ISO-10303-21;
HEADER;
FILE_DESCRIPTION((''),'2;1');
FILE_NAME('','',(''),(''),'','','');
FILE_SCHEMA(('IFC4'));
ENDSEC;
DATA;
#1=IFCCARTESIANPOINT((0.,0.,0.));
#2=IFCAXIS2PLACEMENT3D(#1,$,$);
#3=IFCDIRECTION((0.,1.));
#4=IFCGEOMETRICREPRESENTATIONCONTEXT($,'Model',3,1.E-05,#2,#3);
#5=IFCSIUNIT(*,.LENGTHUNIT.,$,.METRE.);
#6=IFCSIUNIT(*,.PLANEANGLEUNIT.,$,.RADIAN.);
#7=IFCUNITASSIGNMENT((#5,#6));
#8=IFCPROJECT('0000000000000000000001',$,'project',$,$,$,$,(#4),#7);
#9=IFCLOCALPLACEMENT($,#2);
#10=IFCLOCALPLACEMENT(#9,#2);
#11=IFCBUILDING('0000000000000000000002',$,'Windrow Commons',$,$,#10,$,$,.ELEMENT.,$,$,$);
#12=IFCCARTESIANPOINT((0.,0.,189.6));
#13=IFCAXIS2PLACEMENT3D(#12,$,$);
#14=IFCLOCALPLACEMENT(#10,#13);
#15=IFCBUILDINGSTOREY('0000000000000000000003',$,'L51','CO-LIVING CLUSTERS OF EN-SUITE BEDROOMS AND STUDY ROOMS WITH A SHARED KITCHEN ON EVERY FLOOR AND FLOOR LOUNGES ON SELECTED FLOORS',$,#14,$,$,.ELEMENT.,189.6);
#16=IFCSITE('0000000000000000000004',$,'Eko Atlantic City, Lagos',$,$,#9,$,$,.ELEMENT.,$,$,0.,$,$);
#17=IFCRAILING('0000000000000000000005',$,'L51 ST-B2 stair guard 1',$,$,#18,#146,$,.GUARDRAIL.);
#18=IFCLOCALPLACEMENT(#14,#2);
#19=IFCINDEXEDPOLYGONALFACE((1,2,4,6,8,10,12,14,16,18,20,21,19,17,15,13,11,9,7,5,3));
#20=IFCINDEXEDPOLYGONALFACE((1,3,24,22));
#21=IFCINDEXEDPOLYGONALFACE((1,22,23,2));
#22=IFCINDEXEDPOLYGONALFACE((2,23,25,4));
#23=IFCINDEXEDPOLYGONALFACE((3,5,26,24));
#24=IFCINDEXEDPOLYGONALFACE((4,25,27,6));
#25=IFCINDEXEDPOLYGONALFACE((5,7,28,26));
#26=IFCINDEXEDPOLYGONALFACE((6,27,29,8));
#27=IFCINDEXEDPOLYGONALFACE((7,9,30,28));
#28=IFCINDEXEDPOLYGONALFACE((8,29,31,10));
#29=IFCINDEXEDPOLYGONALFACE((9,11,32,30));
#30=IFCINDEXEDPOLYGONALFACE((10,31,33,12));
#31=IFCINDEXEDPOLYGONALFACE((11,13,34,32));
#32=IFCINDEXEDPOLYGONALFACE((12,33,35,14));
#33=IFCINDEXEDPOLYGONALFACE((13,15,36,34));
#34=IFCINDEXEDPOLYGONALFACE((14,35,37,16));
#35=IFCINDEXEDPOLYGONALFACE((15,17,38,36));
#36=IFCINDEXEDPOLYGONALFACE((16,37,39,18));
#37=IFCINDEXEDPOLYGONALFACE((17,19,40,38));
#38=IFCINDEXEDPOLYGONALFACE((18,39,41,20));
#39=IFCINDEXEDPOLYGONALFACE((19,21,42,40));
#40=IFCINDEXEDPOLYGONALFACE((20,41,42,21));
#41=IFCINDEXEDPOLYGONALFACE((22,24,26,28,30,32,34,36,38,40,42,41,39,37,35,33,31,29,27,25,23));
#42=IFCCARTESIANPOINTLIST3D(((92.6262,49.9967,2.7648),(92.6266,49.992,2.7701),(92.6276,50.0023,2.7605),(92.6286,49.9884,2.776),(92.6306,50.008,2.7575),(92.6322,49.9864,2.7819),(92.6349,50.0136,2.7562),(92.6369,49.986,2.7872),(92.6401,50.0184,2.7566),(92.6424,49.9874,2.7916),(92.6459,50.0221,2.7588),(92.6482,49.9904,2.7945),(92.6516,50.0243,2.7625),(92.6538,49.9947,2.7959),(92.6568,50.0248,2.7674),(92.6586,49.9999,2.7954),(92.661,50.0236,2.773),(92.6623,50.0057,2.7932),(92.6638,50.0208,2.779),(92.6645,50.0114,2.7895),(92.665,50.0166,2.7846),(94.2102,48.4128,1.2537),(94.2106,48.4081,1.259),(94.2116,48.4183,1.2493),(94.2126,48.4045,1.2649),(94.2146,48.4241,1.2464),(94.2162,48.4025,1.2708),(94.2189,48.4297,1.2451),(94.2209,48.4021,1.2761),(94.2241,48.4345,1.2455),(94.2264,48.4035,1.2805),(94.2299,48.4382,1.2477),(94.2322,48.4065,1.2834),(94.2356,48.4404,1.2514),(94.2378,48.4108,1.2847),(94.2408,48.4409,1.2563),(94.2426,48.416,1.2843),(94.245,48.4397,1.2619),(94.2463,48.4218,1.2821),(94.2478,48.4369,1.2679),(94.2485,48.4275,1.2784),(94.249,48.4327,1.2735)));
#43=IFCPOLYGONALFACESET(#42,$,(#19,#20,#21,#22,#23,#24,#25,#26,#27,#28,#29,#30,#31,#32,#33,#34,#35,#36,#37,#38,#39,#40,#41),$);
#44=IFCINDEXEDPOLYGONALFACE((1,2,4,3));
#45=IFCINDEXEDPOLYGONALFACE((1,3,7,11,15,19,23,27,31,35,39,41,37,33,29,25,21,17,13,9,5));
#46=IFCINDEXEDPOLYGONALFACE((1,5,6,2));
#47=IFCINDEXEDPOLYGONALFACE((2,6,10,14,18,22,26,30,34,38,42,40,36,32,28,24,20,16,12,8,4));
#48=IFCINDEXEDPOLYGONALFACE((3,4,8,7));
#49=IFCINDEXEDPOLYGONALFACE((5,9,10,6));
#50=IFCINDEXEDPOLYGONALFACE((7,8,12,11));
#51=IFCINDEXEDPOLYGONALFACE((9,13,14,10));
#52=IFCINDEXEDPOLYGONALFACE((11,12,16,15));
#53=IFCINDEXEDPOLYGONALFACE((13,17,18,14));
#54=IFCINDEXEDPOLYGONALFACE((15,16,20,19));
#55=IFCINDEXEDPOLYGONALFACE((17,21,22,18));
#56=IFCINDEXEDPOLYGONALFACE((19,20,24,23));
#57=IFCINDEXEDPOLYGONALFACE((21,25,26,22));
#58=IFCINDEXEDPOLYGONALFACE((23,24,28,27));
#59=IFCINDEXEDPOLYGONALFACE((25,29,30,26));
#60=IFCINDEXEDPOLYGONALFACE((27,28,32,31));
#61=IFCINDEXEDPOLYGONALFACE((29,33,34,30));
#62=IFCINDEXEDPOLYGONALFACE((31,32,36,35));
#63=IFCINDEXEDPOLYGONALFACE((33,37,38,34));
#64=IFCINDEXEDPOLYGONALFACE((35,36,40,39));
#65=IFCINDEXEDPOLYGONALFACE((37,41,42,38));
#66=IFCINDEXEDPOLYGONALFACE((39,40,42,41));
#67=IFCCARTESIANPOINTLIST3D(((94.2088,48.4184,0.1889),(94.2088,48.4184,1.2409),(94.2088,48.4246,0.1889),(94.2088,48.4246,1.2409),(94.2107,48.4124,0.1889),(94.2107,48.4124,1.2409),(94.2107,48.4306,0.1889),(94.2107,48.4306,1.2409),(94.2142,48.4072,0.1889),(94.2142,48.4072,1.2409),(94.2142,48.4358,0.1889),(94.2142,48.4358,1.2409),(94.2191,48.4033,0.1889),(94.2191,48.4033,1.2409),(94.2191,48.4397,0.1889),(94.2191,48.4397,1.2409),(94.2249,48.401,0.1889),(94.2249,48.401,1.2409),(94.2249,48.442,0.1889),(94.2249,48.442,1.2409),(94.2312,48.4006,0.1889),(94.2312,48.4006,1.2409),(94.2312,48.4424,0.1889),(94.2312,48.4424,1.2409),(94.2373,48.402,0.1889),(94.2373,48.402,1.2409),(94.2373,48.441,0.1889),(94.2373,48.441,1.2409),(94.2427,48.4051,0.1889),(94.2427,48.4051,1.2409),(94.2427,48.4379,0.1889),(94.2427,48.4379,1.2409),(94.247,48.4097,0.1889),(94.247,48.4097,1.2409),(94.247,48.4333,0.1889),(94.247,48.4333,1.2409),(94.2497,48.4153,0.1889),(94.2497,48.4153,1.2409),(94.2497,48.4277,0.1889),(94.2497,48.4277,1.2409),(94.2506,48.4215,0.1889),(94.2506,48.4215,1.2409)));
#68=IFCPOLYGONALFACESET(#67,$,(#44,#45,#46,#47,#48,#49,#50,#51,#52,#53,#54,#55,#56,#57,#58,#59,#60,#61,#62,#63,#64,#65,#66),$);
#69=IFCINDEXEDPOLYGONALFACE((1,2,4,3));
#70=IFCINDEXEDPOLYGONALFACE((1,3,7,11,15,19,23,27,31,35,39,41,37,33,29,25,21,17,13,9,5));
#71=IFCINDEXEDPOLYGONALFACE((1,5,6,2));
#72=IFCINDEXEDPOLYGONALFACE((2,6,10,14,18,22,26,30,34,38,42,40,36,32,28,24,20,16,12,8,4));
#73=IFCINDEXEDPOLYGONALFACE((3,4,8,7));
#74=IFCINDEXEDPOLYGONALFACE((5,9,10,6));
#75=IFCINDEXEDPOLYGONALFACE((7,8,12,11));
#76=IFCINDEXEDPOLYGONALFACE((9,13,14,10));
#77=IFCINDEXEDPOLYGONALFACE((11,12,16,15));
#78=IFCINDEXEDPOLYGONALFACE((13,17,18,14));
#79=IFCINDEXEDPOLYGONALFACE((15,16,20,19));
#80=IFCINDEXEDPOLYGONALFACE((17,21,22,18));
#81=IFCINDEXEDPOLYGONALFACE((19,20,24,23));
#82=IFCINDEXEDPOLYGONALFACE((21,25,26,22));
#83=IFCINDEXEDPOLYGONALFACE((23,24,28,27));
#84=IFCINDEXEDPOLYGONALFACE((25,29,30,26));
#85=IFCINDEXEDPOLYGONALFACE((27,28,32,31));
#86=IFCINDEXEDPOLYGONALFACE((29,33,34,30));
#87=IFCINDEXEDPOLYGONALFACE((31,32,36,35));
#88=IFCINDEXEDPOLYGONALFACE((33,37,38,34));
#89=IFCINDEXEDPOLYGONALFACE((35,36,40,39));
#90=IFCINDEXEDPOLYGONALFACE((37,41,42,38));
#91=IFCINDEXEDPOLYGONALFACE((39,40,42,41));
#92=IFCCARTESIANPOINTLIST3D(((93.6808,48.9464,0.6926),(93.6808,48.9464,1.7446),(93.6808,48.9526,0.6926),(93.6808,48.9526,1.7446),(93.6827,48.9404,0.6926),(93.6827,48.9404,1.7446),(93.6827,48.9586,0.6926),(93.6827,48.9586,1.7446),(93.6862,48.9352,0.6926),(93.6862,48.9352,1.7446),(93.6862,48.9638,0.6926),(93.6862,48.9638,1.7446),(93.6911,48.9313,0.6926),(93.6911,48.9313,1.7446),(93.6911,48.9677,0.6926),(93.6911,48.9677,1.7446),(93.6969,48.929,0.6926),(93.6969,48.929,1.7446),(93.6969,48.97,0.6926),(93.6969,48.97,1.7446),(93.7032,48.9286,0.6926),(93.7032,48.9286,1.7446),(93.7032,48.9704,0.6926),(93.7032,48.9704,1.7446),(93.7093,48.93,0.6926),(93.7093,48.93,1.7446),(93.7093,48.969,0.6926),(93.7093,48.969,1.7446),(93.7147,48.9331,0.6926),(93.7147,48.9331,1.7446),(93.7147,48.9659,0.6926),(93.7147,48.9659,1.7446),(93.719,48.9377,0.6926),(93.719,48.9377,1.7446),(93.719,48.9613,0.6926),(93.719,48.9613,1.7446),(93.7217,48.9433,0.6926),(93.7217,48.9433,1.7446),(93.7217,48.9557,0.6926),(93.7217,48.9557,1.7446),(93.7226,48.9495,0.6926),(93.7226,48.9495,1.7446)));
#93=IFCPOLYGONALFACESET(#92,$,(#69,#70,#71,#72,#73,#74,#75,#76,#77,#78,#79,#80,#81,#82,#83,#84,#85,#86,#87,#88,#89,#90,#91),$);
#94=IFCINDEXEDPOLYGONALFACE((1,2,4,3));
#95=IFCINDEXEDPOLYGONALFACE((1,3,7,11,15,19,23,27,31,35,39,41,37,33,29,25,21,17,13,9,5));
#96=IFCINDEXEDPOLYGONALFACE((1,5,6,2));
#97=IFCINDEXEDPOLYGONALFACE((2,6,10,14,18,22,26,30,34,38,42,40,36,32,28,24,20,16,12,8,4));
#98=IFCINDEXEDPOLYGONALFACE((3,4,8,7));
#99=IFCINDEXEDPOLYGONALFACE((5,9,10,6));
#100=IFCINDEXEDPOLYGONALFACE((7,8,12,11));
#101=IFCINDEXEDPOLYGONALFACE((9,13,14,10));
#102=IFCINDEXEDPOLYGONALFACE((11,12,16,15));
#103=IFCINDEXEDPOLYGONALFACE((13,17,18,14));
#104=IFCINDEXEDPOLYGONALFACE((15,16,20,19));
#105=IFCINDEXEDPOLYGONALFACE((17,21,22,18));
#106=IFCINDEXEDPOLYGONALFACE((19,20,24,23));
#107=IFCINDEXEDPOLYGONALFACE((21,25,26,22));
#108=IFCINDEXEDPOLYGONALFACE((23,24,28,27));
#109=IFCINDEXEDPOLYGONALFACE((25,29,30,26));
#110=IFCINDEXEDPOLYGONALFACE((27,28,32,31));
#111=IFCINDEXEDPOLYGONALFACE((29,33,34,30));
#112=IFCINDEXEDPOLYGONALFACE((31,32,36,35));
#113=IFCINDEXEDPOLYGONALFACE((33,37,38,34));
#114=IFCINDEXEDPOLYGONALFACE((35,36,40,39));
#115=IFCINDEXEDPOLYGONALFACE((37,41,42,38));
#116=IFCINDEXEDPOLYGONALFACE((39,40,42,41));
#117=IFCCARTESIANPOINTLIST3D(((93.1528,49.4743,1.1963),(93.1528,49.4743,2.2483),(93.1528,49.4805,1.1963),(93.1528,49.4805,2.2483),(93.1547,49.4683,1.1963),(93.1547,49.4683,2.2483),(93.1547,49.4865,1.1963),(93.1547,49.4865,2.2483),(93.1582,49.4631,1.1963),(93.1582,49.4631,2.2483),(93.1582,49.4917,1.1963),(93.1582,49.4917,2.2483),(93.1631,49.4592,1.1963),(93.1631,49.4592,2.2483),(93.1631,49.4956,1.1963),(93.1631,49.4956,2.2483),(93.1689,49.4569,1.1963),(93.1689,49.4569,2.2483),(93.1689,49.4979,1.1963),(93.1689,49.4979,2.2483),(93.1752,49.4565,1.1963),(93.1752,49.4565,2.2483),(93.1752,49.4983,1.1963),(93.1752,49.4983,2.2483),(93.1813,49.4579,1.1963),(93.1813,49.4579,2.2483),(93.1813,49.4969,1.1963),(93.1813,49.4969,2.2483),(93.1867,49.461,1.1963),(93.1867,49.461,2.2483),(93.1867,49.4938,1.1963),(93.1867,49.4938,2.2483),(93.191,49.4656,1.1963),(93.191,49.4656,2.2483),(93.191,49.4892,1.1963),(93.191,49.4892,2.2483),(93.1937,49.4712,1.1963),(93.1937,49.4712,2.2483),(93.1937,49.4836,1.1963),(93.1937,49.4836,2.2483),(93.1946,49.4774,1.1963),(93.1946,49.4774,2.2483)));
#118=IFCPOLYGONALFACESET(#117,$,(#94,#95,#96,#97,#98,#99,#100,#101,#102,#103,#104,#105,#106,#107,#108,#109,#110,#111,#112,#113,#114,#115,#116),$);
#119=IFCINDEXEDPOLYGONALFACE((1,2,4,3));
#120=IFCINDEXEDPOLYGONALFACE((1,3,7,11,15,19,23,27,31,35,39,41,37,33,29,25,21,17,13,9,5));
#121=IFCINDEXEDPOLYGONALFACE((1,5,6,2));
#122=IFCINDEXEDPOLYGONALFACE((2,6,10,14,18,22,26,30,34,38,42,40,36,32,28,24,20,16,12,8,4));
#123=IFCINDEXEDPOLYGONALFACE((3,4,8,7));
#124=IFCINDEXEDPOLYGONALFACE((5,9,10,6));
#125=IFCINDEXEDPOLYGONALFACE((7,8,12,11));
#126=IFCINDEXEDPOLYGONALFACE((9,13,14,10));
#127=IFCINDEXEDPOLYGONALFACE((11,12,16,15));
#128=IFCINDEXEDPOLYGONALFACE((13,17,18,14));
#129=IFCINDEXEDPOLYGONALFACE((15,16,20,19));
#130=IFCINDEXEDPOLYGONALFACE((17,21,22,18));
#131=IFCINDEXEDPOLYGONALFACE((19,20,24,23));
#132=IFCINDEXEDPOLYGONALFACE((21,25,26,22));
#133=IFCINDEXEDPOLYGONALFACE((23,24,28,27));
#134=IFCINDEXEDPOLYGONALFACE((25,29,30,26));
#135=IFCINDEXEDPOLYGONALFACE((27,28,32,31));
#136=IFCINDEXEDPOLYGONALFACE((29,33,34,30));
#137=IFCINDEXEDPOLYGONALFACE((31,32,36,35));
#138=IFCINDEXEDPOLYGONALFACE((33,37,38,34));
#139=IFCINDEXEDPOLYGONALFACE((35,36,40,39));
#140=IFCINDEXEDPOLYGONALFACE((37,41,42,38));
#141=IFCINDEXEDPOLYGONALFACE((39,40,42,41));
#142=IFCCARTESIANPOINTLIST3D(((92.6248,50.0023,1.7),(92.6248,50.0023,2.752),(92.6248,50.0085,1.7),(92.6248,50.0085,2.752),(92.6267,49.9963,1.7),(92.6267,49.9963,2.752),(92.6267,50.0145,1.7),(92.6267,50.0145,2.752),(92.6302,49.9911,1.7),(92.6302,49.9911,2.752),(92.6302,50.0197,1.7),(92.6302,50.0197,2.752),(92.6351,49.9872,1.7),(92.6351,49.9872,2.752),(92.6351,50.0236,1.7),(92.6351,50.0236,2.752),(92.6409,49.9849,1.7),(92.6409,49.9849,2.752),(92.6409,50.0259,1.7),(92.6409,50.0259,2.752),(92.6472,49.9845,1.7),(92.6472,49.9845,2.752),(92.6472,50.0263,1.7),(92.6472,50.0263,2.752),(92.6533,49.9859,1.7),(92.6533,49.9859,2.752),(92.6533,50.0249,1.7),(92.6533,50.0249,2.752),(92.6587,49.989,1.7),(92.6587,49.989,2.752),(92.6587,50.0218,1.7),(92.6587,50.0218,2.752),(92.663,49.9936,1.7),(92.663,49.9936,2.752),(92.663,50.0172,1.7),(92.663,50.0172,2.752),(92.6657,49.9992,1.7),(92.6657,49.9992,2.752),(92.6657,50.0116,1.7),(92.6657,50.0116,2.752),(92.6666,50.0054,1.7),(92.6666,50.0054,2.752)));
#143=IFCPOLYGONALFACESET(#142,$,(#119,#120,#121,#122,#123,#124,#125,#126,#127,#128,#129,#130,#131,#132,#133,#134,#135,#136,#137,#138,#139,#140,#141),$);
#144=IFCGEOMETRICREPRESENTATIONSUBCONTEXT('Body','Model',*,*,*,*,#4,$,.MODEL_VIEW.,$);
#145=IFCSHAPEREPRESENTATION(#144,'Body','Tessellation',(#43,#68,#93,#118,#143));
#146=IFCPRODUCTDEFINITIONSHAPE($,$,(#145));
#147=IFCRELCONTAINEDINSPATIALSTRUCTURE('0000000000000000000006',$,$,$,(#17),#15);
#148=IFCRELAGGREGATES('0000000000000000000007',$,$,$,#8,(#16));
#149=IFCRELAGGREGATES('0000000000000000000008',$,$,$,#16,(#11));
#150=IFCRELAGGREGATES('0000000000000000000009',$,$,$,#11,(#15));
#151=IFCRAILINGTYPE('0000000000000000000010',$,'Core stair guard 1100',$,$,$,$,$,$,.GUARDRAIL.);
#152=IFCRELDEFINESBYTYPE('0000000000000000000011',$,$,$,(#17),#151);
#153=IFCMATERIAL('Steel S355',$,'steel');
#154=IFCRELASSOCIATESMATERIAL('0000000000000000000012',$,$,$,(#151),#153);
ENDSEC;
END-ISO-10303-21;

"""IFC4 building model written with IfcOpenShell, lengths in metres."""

from ifc_helpers import new_model, si_unit, direction, frame, origin, origin_2d, place, context, subcontext, project, spatial, circle, extrude, material, type_object, element, save


model = new_model("IFC4")

# Units and contexts
model_context = context("Model", 3, precision=1e-05, world=origin(), true_north=direction((0.0, 1.0)))
body_context = subcontext(model_context, "Body", "Model", "MODEL_VIEW")
ifc_project = project(units=[si_unit("LENGTHUNIT", "METRE"), si_unit("PLANEANGLEUNIT", "RADIAN")], contexts=[model_context])

# Site, building, storey
site_placement = place(None, origin())
site = spatial("IfcSite", under=ifc_project, at=site_placement, Name="Eko Atlantic City, Lagos", CompositionType="ELEMENT", RefElevation=0.0)
building_placement = place(site_placement, origin())
building = spatial("IfcBuilding", under=site, at=building_placement, Name="Windrow Commons", CompositionType="ELEMENT")
storey_placement = place(building_placement, frame((0.0, 0.0, 189.6)))
storey = spatial("IfcBuildingStorey", under=building, at=storey_placement, Name="L51", Description="CO-LIVING CLUSTERS OF EN-SUITE BEDROOMS AND STUDY ROOMS WITH A SHARED KITCHEN ON EVERY FLOOR AND FLOOR LOUNGES ON SELECTED FLOORS", CompositionType="ELEMENT", Elevation=189.6)

# Railing
ifc_material_1 = material(Name="Steel S355", Category="steel")
railing_type_1 = type_object("IfcRailingType", Name="Core stair guard 1100", PredefinedType="GUARDRAIL", material=ifc_material_1)
railing_1_placement = place(storey_placement, frame((94.2296, 48.4215, 0.1889)))
element("IfcRailing", 1, at=railing_1_placement, inside=storey, type_object=railing_type_1, Name="L51 ST-B2 stair guard 1", PredefinedType="GUARDRAIL", context=body_context, shape_type="SweptSolid", body=[
    extrude(circle(Radius=0.024, at=origin_2d()), frame((0.0, 0.0, 1.076), z_axis=(-0.586216, 0.586179, 0.559237), x_axis=(-0.707084, -0.707129, 0.0)), (0.0, 0.0, 1.0), 2.7021),
    extrude(circle(Radius=0.021, at=origin_2d()), origin(), (0.0, 0.0, 1.0), 1.052),
    extrude(circle(Radius=0.021, at=origin_2d()), frame((-0.528, 0.528, 0.5037)), (0.0, 0.0, 1.0), 1.052),
    extrude(circle(Radius=0.021, at=origin_2d()), frame((-1.056, 1.0559, 1.0074)), (0.0, 0.0, 1.0), 1.052),
    extrude(circle(Radius=0.021, at=origin_2d()), frame((-1.584, 1.5839, 1.5111)), (0.0, 0.0, 1.0), 1.052),
])

save(model, "model.ifc")
